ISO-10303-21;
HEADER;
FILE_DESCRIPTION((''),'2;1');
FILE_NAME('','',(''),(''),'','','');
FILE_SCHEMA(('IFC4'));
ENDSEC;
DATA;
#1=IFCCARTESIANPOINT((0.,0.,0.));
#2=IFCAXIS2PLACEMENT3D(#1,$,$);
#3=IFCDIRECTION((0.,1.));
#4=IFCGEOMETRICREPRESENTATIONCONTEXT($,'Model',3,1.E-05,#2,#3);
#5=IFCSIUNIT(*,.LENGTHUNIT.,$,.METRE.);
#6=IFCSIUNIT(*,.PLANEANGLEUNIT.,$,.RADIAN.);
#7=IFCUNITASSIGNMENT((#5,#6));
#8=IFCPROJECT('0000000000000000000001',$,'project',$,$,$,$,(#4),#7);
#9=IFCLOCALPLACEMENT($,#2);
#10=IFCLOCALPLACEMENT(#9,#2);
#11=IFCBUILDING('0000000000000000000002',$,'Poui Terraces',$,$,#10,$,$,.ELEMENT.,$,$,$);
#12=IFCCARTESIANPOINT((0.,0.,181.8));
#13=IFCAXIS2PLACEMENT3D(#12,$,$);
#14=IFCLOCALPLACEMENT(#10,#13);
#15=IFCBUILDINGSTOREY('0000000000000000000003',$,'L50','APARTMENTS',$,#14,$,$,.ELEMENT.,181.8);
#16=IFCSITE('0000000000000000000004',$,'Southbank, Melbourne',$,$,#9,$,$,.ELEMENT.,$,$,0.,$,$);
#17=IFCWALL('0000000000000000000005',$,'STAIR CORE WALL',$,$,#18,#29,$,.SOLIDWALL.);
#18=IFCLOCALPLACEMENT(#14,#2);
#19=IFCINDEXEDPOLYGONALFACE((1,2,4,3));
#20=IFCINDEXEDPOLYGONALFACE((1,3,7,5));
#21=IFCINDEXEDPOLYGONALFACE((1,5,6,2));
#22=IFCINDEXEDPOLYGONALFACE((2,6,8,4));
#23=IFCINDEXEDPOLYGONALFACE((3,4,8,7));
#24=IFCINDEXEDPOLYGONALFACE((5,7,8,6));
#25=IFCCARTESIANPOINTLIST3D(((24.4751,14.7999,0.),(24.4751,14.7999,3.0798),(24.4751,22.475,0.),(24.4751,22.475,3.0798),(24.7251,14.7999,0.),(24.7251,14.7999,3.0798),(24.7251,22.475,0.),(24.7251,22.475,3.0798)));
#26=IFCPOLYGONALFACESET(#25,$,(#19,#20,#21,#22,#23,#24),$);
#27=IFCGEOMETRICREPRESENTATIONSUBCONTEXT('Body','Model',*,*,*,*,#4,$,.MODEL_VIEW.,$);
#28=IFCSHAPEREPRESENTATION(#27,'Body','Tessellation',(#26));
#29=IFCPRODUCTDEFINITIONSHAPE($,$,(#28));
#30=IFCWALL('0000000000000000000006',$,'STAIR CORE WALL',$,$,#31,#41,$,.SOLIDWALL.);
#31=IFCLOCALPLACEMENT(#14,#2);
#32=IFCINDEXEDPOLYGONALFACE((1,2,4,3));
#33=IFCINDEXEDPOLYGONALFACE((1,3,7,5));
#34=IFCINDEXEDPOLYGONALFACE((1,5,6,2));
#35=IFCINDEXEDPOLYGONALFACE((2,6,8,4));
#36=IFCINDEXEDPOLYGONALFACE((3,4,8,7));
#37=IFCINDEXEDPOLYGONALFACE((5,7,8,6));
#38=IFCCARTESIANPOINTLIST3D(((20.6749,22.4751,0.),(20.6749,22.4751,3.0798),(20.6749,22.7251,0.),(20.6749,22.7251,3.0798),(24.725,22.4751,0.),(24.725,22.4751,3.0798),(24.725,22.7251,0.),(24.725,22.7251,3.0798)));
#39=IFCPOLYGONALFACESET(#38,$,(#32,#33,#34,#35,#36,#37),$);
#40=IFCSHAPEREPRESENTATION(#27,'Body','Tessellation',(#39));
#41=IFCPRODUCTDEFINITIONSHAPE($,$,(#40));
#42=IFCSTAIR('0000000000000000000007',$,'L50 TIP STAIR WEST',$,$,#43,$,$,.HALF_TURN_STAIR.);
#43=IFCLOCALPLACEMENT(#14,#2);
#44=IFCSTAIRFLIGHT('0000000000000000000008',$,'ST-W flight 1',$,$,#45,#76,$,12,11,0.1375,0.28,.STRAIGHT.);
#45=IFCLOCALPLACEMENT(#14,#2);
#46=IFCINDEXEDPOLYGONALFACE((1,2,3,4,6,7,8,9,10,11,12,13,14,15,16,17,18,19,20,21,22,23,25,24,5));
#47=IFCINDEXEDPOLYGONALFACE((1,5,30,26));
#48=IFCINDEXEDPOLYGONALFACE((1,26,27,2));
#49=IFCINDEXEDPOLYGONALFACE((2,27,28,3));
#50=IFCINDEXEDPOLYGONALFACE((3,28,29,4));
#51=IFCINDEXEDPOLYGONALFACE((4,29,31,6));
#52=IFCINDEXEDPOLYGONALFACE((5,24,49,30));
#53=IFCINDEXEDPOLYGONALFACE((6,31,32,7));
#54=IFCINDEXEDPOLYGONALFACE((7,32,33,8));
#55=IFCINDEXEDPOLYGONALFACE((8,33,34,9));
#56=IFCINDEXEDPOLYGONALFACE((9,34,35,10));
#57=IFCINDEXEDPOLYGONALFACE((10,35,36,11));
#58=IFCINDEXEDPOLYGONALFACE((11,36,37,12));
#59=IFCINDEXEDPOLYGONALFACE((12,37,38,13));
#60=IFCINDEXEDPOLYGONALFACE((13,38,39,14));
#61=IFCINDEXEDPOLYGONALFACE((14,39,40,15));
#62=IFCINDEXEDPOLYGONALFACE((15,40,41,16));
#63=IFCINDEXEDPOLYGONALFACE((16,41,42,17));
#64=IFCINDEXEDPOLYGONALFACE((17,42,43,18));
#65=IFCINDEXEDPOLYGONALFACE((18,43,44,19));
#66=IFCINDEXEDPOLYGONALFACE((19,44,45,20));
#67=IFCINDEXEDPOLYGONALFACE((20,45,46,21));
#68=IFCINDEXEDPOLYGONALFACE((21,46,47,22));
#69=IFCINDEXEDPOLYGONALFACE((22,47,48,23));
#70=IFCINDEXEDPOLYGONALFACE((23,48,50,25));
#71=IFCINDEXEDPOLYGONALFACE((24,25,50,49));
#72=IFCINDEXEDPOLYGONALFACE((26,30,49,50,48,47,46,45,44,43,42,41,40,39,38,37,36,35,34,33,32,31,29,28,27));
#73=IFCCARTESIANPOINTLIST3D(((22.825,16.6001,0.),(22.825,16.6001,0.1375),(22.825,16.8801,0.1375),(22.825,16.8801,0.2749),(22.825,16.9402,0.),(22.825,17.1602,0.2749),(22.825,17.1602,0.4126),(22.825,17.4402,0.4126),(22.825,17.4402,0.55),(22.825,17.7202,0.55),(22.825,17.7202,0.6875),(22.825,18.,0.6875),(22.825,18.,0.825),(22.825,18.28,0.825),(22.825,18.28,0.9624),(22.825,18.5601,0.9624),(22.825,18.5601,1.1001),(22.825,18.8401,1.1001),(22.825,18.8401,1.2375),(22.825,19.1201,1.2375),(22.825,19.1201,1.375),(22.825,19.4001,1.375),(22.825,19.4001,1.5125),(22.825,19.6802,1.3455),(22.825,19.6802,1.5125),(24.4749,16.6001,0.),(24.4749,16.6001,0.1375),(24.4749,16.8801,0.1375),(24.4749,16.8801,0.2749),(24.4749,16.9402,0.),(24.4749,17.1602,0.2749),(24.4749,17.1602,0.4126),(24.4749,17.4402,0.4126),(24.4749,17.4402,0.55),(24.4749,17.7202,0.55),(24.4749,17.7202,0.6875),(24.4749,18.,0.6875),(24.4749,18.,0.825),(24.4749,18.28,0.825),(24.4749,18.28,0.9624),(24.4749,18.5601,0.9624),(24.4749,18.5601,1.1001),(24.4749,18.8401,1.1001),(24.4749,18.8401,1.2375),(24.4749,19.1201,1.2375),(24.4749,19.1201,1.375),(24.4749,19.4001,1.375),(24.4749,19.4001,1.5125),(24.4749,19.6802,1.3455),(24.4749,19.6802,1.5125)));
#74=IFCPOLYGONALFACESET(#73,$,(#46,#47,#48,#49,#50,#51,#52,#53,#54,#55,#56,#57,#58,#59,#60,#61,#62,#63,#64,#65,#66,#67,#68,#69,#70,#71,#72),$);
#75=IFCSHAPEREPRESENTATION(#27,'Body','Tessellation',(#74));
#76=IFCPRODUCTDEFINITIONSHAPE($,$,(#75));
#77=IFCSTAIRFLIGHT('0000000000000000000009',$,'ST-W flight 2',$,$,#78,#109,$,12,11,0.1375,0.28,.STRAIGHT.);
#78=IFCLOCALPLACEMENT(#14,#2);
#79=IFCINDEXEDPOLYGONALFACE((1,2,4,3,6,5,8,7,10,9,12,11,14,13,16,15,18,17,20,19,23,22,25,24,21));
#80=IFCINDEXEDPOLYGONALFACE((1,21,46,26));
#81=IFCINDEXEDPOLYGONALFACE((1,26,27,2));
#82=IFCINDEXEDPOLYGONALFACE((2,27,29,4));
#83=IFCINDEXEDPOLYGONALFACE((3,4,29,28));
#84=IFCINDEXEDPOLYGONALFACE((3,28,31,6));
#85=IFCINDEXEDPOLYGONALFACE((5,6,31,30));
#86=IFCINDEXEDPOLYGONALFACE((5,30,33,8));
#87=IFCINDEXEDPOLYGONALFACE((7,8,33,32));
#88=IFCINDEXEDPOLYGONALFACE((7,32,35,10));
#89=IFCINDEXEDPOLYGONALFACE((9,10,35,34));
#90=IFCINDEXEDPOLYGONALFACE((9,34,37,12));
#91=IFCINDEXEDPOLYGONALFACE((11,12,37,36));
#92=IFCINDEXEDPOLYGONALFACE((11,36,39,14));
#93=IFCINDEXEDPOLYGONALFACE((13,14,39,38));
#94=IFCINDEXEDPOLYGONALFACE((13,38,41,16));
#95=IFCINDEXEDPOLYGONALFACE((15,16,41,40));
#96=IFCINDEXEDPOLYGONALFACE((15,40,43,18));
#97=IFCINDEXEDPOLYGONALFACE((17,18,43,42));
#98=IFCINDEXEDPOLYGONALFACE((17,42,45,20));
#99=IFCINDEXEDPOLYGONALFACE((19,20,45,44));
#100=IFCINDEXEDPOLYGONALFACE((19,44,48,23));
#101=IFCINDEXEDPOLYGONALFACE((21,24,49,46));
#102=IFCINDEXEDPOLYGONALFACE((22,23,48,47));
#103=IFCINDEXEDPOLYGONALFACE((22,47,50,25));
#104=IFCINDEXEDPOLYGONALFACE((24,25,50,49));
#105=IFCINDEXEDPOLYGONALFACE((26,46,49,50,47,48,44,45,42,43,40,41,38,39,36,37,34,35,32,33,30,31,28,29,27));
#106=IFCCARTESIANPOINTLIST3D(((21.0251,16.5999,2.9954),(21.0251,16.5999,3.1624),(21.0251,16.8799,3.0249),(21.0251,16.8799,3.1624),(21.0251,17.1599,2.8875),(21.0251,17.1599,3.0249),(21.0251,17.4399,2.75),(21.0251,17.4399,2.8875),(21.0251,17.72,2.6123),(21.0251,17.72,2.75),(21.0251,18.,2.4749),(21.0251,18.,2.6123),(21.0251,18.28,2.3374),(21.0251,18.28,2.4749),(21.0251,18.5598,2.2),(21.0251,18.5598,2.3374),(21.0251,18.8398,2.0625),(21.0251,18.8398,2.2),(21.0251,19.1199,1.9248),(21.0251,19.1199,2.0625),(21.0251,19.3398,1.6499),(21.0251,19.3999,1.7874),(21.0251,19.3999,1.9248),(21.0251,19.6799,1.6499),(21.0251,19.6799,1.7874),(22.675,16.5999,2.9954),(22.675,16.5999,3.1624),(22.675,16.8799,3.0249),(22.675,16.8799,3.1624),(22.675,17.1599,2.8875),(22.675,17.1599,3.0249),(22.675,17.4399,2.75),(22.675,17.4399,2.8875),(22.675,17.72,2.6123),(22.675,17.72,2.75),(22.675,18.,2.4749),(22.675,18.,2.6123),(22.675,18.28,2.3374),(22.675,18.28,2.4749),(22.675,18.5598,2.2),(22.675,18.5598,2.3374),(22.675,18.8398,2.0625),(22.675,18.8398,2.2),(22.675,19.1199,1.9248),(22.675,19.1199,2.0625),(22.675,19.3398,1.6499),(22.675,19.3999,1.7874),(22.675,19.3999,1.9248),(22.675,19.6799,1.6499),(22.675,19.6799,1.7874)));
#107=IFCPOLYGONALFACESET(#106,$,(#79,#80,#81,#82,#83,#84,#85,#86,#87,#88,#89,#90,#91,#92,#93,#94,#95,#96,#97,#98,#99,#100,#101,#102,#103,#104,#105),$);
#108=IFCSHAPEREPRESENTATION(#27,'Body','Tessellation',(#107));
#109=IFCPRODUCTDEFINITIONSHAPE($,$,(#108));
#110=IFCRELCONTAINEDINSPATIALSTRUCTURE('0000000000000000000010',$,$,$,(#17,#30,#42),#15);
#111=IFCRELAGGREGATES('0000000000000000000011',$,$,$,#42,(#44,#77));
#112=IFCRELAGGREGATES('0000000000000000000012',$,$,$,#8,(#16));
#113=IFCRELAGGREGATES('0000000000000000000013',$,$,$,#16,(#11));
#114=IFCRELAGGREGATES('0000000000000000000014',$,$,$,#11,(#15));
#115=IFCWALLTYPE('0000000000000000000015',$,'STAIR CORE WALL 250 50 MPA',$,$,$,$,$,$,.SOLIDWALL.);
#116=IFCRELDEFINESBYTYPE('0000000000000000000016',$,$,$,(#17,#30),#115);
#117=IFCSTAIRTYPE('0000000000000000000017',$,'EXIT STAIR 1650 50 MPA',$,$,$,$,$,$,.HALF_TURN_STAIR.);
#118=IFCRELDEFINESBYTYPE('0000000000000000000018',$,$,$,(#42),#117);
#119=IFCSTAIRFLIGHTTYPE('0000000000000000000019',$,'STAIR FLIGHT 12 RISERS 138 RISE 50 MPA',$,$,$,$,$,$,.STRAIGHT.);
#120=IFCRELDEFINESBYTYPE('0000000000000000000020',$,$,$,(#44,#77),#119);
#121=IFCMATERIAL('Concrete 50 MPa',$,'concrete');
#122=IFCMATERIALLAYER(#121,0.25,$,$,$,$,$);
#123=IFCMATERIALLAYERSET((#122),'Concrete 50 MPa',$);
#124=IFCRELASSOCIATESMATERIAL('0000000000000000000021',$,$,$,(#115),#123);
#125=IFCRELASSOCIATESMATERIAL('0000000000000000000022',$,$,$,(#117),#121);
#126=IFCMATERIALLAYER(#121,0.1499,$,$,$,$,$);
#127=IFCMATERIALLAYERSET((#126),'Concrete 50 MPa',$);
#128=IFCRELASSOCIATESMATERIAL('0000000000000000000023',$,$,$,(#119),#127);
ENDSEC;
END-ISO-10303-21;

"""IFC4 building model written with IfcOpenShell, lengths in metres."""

from ifc_helpers import new_model, si_unit, direction, frame, frame_2d, origin, place, context, subcontext, project, spatial, polyline, rectangle, outline, extrude, material, layer, layer_set, type_object, element, aggregate, save


model = new_model("IFC4")

# Units and contexts
model_context = context("Model", 3, precision=1e-05, world=origin(), true_north=direction((0.0, 1.0)))
body_context = subcontext(model_context, "Body", "Model", "MODEL_VIEW")
ifc_project = project(units=[si_unit("LENGTHUNIT", "METRE"), si_unit("PLANEANGLEUNIT", "RADIAN")], contexts=[model_context])

# Site, building, storey
site_placement = place(None, origin())
site = spatial("IfcSite", under=ifc_project, at=site_placement, Name="Southbank, Melbourne", CompositionType="ELEMENT", RefElevation=0.0)
building_placement = place(site_placement, origin())
building = spatial("IfcBuilding", under=site, at=building_placement, Name="Poui Terraces", CompositionType="ELEMENT")
storey_placement = place(building_placement, frame((0.0, 0.0, 181.8)))
storey = spatial("IfcBuildingStorey", under=building, at=storey_placement, Name="L50", Description="APARTMENTS", CompositionType="ELEMENT", Elevation=181.8)

# Walls
ifc_material_1 = material(Name="Concrete 50 MPa", Category="concrete")
ifc_layer_1 = layer(ifc_material_1, 0.25)
ifc_layer_set_1 = layer_set([ifc_layer_1], Name="Concrete 50 MPa")
wall_type = type_object("IfcWallType", Name="STAIR CORE WALL 250 50 MPA", PredefinedType="SOLIDWALL", material=ifc_layer_set_1)
wall_1_placement = place(storey_placement, frame((24.6001, 14.8, 0.0), z_axis=(0.0, 0.0, 1.0), x_axis=(0.0, 1.0, 0.0)))
element("IfcWall", 1, at=wall_1_placement, inside=storey, type_object=wall_type, Name="STAIR CORE WALL", PredefinedType="SOLIDWALL", context=body_context, shape_type="SweptSolid", body=[
    extrude(rectangle(XDim=7.675, YDim=0.25, at=frame_2d((3.8374, 0.0))), origin(), (0.0, 0.0, 1.0), 3.0798),
])
wall_2_placement = place(storey_placement, frame((20.675, 22.6001, 0.0), z_axis=(0.0, 0.0, 1.0), x_axis=(1.0, 0.0, 0.0)))
element("IfcWall", 2, at=wall_2_placement, inside=storey, type_object=wall_type, Name="STAIR CORE WALL", PredefinedType="SOLIDWALL", context=body_context, shape_type="SweptSolid", body=[
    extrude(rectangle(XDim=4.05, YDim=0.25, at=frame_2d((2.0249, 0.0))), origin(), (0.0, 0.0, 1.0), 3.0798),
])

# Stair, stair flights
stair_type = type_object("IfcStairType", Name="EXIT STAIR 1650 50 MPA", PredefinedType="HALF_TURN_STAIR", material=ifc_material_1)
stair_placement = place(storey_placement, origin())
stair = element("IfcStair", 3, at=stair_placement, inside=storey, type_object=stair_type, Name="L50 TIP STAIR WEST", PredefinedType="HALF_TURN_STAIR")
ifc_layer_2 = layer(ifc_material_1, 0.1499)
ifc_layer_set_2 = layer_set([ifc_layer_2], Name="Concrete 50 MPa")
stair_flight_type = type_object("IfcStairFlightType", Name="STAIR FLIGHT 12 RISERS 138 RISE 50 MPA", PredefinedType="STRAIGHT", material=ifc_layer_set_2)
stair_flight_1_placement = place(storey_placement, frame((23.6499, 16.6001, 0.0), z_axis=(0.0, 0.0, 1.0), x_axis=(0.0, 1.0, 0.0)))
stair_flight_1 = element("IfcStairFlight", 4, at=stair_flight_1_placement, type_object=stair_flight_type, Name="ST-W flight 1", NumberOfRisers=12, NumberOfTreads=11, PredefinedType="STRAIGHT", RiserHeight=0.1375, TreadLength=0.28, context=body_context, shape_type="SweptSolid", body=[
    extrude(outline(polyline([(0.0, 0.0), (0.0, 0.1375), (0.28, 0.1375), (0.28, 0.2749), (0.5601, 0.2749), (0.5601, 0.4126), (0.8401, 0.4126), (0.8401, 0.55), (1.1201, 0.55), (1.1201, 0.6875), (1.3999, 0.6875), (1.3999, 0.825), (1.6799, 0.825), (1.6799, 0.9624), (1.96, 0.9624), (1.96, 1.1001), (2.24, 1.1001), (2.24, 1.2375), (2.52, 1.2375), (2.52, 1.375), (2.8, 1.375), (2.8, 1.5125), (3.0801, 1.5125), (3.0801, 1.6499), (3.0801, 1.3455), (0.3401, 0.0), (0.0, 0.0)])), frame((0.0, 0.825, 0.0), z_axis=(0.0, -1.0, 0.0), x_axis=(1.0, 0.0, 0.0)), (0.0, 0.0, 1.0), 1.6499),
])
stair_flight_2_placement = place(storey_placement, frame((21.8501, 19.6799, 1.6499), z_axis=(0.0, 0.0, 1.0), x_axis=(0.0, -1.0, 0.0)))
stair_flight_2 = element("IfcStairFlight", 5, at=stair_flight_2_placement, type_object=stair_flight_type, Name="ST-W flight 2", NumberOfRisers=12, NumberOfTreads=11, PredefinedType="STRAIGHT", RiserHeight=0.1375, TreadLength=0.28, context=body_context, shape_type="SweptSolid", body=[
    extrude(outline(polyline([(0.0, 0.0), (0.0, 0.1375), (0.28, 0.1375), (0.28, 0.2749), (0.5601, 0.2749), (0.5601, 0.4126), (0.8401, 0.4126), (0.8401, 0.55), (1.1201, 0.55), (1.1201, 0.6875), (1.3999, 0.6875), (1.3999, 0.825), (1.6799, 0.825), (1.6799, 0.9624), (1.96, 0.9624), (1.96, 1.1001), (2.24, 1.1001), (2.24, 1.2375), (2.52, 1.2375), (2.52, 1.375), (2.8, 1.375), (2.8, 1.5125), (3.0801, 1.5125), (3.0801, 1.6499), (3.0801, 1.3455), (0.3401, 0.0), (0.0, 0.0)])), frame((0.0, 0.825, 0.0), z_axis=(0.0, -1.0, 0.0), x_axis=(1.0, 0.0, 0.0)), (0.0, 0.0, 1.0), 1.6499),
])
aggregate(stair, [stair_flight_1, stair_flight_2])

save(model, "model.ifc")
